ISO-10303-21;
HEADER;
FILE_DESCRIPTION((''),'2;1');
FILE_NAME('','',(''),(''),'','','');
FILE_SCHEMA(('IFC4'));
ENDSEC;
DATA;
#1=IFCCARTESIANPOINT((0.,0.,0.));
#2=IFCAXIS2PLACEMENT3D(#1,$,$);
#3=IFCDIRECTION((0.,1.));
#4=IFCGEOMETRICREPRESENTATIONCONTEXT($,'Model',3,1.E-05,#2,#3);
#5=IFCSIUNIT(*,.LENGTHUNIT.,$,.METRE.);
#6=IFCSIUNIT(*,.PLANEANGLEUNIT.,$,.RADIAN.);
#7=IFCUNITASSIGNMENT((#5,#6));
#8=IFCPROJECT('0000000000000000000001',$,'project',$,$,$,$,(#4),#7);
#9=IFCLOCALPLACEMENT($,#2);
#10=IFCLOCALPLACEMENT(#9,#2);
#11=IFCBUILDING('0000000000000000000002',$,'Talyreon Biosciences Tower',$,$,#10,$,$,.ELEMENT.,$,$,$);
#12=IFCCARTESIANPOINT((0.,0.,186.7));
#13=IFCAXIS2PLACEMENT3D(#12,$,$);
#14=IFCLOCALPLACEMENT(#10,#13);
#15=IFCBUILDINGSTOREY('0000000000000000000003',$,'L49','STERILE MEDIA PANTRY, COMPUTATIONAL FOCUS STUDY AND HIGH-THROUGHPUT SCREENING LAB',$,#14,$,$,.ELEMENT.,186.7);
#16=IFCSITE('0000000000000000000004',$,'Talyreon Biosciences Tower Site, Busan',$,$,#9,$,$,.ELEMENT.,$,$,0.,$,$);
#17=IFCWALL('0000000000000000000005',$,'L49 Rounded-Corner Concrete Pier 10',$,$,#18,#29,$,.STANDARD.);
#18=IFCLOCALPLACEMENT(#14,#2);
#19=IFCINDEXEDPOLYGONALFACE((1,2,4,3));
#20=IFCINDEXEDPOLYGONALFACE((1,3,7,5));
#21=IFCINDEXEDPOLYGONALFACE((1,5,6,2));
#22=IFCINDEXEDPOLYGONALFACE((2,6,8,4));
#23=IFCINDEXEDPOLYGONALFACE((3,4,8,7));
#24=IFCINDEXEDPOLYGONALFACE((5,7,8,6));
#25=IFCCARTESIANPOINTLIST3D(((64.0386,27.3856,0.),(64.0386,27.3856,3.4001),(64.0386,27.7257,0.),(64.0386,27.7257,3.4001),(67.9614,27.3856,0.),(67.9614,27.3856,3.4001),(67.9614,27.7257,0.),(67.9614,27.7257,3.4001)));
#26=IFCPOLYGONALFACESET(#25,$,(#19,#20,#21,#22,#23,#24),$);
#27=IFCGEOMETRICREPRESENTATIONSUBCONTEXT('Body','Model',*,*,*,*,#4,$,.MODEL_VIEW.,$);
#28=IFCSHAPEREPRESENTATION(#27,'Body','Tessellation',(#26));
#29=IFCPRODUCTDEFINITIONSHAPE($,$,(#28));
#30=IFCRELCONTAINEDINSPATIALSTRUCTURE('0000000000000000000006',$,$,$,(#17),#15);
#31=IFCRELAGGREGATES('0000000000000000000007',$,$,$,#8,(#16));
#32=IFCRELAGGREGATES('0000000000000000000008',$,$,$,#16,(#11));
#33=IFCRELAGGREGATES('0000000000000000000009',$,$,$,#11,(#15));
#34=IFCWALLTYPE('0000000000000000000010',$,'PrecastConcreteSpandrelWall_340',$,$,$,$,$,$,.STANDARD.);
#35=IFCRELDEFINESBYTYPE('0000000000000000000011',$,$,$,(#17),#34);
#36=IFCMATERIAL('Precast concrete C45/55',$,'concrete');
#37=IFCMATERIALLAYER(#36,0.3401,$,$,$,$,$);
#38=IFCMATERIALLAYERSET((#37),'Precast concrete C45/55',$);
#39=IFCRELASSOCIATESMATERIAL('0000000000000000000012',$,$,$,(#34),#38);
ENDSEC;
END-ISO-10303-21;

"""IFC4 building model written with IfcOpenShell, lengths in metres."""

from ifc_helpers import new_model, si_unit, direction, frame, frame_2d, origin, place, context, subcontext, project, spatial, rectangle, extrude, material, layer, layer_set, type_object, element, save


model = new_model("IFC4")

# Units and contexts
model_context = context("Model", 3, precision=1e-05, world=origin(), true_north=direction((0.0, 1.0)))
body_context = subcontext(model_context, "Body", "Model", "MODEL_VIEW")
ifc_project = project(units=[si_unit("LENGTHUNIT", "METRE"), si_unit("PLANEANGLEUNIT", "RADIAN")], contexts=[model_context])

# Site, building, storey
site_placement = place(None, origin())
site = spatial("IfcSite", under=ifc_project, at=site_placement, Name="Talyreon Biosciences Tower Site, Busan", CompositionType="ELEMENT", RefElevation=0.0)
building_placement = place(site_placement, origin())
building = spatial("IfcBuilding", under=site, at=building_placement, Name="Talyreon Biosciences Tower", CompositionType="ELEMENT")
storey_placement = place(building_placement, frame((0.0, 0.0, 186.7)))
storey = spatial("IfcBuildingStorey", under=building, at=storey_placement, Name="L49", Description="STERILE MEDIA PANTRY, COMPUTATIONAL FOCUS STUDY AND HIGH-THROUGHPUT SCREENING LAB", CompositionType="ELEMENT", Elevation=186.7)

# Shared definitions
ifc_material_1 = material(Name="Precast concrete C45/55", Category="concrete")

# Wall
ifc_layer_1 = layer(ifc_material_1, 0.3401)
ifc_layer_set_1 = layer_set([ifc_layer_1], Name="Precast concrete C45/55")
wall_type_1 = type_object("IfcWallType", Name="PrecastConcreteSpandrelWall_340", PredefinedType="STANDARD", material=ifc_layer_set_1)
wall_1_placement = place(storey_placement, frame((67.9614, 27.5557, 0.0), z_axis=(0.0, 0.0, 1.0), x_axis=(-1.0, 0.0, 0.0)))
element("IfcWall", 1, at=wall_1_placement, inside=storey, type_object=wall_type_1, Name="L49 Rounded-Corner Concrete Pier 10", PredefinedType="STANDARD", context=body_context, shape_type="SweptSolid", body=[
    extrude(rectangle(XDim=3.9229, YDim=0.3401, at=frame_2d((1.9614, 0.0))), origin(), (0.0, 0.0, 1.0), 3.4001),
])

save(model, "model.ifc")
